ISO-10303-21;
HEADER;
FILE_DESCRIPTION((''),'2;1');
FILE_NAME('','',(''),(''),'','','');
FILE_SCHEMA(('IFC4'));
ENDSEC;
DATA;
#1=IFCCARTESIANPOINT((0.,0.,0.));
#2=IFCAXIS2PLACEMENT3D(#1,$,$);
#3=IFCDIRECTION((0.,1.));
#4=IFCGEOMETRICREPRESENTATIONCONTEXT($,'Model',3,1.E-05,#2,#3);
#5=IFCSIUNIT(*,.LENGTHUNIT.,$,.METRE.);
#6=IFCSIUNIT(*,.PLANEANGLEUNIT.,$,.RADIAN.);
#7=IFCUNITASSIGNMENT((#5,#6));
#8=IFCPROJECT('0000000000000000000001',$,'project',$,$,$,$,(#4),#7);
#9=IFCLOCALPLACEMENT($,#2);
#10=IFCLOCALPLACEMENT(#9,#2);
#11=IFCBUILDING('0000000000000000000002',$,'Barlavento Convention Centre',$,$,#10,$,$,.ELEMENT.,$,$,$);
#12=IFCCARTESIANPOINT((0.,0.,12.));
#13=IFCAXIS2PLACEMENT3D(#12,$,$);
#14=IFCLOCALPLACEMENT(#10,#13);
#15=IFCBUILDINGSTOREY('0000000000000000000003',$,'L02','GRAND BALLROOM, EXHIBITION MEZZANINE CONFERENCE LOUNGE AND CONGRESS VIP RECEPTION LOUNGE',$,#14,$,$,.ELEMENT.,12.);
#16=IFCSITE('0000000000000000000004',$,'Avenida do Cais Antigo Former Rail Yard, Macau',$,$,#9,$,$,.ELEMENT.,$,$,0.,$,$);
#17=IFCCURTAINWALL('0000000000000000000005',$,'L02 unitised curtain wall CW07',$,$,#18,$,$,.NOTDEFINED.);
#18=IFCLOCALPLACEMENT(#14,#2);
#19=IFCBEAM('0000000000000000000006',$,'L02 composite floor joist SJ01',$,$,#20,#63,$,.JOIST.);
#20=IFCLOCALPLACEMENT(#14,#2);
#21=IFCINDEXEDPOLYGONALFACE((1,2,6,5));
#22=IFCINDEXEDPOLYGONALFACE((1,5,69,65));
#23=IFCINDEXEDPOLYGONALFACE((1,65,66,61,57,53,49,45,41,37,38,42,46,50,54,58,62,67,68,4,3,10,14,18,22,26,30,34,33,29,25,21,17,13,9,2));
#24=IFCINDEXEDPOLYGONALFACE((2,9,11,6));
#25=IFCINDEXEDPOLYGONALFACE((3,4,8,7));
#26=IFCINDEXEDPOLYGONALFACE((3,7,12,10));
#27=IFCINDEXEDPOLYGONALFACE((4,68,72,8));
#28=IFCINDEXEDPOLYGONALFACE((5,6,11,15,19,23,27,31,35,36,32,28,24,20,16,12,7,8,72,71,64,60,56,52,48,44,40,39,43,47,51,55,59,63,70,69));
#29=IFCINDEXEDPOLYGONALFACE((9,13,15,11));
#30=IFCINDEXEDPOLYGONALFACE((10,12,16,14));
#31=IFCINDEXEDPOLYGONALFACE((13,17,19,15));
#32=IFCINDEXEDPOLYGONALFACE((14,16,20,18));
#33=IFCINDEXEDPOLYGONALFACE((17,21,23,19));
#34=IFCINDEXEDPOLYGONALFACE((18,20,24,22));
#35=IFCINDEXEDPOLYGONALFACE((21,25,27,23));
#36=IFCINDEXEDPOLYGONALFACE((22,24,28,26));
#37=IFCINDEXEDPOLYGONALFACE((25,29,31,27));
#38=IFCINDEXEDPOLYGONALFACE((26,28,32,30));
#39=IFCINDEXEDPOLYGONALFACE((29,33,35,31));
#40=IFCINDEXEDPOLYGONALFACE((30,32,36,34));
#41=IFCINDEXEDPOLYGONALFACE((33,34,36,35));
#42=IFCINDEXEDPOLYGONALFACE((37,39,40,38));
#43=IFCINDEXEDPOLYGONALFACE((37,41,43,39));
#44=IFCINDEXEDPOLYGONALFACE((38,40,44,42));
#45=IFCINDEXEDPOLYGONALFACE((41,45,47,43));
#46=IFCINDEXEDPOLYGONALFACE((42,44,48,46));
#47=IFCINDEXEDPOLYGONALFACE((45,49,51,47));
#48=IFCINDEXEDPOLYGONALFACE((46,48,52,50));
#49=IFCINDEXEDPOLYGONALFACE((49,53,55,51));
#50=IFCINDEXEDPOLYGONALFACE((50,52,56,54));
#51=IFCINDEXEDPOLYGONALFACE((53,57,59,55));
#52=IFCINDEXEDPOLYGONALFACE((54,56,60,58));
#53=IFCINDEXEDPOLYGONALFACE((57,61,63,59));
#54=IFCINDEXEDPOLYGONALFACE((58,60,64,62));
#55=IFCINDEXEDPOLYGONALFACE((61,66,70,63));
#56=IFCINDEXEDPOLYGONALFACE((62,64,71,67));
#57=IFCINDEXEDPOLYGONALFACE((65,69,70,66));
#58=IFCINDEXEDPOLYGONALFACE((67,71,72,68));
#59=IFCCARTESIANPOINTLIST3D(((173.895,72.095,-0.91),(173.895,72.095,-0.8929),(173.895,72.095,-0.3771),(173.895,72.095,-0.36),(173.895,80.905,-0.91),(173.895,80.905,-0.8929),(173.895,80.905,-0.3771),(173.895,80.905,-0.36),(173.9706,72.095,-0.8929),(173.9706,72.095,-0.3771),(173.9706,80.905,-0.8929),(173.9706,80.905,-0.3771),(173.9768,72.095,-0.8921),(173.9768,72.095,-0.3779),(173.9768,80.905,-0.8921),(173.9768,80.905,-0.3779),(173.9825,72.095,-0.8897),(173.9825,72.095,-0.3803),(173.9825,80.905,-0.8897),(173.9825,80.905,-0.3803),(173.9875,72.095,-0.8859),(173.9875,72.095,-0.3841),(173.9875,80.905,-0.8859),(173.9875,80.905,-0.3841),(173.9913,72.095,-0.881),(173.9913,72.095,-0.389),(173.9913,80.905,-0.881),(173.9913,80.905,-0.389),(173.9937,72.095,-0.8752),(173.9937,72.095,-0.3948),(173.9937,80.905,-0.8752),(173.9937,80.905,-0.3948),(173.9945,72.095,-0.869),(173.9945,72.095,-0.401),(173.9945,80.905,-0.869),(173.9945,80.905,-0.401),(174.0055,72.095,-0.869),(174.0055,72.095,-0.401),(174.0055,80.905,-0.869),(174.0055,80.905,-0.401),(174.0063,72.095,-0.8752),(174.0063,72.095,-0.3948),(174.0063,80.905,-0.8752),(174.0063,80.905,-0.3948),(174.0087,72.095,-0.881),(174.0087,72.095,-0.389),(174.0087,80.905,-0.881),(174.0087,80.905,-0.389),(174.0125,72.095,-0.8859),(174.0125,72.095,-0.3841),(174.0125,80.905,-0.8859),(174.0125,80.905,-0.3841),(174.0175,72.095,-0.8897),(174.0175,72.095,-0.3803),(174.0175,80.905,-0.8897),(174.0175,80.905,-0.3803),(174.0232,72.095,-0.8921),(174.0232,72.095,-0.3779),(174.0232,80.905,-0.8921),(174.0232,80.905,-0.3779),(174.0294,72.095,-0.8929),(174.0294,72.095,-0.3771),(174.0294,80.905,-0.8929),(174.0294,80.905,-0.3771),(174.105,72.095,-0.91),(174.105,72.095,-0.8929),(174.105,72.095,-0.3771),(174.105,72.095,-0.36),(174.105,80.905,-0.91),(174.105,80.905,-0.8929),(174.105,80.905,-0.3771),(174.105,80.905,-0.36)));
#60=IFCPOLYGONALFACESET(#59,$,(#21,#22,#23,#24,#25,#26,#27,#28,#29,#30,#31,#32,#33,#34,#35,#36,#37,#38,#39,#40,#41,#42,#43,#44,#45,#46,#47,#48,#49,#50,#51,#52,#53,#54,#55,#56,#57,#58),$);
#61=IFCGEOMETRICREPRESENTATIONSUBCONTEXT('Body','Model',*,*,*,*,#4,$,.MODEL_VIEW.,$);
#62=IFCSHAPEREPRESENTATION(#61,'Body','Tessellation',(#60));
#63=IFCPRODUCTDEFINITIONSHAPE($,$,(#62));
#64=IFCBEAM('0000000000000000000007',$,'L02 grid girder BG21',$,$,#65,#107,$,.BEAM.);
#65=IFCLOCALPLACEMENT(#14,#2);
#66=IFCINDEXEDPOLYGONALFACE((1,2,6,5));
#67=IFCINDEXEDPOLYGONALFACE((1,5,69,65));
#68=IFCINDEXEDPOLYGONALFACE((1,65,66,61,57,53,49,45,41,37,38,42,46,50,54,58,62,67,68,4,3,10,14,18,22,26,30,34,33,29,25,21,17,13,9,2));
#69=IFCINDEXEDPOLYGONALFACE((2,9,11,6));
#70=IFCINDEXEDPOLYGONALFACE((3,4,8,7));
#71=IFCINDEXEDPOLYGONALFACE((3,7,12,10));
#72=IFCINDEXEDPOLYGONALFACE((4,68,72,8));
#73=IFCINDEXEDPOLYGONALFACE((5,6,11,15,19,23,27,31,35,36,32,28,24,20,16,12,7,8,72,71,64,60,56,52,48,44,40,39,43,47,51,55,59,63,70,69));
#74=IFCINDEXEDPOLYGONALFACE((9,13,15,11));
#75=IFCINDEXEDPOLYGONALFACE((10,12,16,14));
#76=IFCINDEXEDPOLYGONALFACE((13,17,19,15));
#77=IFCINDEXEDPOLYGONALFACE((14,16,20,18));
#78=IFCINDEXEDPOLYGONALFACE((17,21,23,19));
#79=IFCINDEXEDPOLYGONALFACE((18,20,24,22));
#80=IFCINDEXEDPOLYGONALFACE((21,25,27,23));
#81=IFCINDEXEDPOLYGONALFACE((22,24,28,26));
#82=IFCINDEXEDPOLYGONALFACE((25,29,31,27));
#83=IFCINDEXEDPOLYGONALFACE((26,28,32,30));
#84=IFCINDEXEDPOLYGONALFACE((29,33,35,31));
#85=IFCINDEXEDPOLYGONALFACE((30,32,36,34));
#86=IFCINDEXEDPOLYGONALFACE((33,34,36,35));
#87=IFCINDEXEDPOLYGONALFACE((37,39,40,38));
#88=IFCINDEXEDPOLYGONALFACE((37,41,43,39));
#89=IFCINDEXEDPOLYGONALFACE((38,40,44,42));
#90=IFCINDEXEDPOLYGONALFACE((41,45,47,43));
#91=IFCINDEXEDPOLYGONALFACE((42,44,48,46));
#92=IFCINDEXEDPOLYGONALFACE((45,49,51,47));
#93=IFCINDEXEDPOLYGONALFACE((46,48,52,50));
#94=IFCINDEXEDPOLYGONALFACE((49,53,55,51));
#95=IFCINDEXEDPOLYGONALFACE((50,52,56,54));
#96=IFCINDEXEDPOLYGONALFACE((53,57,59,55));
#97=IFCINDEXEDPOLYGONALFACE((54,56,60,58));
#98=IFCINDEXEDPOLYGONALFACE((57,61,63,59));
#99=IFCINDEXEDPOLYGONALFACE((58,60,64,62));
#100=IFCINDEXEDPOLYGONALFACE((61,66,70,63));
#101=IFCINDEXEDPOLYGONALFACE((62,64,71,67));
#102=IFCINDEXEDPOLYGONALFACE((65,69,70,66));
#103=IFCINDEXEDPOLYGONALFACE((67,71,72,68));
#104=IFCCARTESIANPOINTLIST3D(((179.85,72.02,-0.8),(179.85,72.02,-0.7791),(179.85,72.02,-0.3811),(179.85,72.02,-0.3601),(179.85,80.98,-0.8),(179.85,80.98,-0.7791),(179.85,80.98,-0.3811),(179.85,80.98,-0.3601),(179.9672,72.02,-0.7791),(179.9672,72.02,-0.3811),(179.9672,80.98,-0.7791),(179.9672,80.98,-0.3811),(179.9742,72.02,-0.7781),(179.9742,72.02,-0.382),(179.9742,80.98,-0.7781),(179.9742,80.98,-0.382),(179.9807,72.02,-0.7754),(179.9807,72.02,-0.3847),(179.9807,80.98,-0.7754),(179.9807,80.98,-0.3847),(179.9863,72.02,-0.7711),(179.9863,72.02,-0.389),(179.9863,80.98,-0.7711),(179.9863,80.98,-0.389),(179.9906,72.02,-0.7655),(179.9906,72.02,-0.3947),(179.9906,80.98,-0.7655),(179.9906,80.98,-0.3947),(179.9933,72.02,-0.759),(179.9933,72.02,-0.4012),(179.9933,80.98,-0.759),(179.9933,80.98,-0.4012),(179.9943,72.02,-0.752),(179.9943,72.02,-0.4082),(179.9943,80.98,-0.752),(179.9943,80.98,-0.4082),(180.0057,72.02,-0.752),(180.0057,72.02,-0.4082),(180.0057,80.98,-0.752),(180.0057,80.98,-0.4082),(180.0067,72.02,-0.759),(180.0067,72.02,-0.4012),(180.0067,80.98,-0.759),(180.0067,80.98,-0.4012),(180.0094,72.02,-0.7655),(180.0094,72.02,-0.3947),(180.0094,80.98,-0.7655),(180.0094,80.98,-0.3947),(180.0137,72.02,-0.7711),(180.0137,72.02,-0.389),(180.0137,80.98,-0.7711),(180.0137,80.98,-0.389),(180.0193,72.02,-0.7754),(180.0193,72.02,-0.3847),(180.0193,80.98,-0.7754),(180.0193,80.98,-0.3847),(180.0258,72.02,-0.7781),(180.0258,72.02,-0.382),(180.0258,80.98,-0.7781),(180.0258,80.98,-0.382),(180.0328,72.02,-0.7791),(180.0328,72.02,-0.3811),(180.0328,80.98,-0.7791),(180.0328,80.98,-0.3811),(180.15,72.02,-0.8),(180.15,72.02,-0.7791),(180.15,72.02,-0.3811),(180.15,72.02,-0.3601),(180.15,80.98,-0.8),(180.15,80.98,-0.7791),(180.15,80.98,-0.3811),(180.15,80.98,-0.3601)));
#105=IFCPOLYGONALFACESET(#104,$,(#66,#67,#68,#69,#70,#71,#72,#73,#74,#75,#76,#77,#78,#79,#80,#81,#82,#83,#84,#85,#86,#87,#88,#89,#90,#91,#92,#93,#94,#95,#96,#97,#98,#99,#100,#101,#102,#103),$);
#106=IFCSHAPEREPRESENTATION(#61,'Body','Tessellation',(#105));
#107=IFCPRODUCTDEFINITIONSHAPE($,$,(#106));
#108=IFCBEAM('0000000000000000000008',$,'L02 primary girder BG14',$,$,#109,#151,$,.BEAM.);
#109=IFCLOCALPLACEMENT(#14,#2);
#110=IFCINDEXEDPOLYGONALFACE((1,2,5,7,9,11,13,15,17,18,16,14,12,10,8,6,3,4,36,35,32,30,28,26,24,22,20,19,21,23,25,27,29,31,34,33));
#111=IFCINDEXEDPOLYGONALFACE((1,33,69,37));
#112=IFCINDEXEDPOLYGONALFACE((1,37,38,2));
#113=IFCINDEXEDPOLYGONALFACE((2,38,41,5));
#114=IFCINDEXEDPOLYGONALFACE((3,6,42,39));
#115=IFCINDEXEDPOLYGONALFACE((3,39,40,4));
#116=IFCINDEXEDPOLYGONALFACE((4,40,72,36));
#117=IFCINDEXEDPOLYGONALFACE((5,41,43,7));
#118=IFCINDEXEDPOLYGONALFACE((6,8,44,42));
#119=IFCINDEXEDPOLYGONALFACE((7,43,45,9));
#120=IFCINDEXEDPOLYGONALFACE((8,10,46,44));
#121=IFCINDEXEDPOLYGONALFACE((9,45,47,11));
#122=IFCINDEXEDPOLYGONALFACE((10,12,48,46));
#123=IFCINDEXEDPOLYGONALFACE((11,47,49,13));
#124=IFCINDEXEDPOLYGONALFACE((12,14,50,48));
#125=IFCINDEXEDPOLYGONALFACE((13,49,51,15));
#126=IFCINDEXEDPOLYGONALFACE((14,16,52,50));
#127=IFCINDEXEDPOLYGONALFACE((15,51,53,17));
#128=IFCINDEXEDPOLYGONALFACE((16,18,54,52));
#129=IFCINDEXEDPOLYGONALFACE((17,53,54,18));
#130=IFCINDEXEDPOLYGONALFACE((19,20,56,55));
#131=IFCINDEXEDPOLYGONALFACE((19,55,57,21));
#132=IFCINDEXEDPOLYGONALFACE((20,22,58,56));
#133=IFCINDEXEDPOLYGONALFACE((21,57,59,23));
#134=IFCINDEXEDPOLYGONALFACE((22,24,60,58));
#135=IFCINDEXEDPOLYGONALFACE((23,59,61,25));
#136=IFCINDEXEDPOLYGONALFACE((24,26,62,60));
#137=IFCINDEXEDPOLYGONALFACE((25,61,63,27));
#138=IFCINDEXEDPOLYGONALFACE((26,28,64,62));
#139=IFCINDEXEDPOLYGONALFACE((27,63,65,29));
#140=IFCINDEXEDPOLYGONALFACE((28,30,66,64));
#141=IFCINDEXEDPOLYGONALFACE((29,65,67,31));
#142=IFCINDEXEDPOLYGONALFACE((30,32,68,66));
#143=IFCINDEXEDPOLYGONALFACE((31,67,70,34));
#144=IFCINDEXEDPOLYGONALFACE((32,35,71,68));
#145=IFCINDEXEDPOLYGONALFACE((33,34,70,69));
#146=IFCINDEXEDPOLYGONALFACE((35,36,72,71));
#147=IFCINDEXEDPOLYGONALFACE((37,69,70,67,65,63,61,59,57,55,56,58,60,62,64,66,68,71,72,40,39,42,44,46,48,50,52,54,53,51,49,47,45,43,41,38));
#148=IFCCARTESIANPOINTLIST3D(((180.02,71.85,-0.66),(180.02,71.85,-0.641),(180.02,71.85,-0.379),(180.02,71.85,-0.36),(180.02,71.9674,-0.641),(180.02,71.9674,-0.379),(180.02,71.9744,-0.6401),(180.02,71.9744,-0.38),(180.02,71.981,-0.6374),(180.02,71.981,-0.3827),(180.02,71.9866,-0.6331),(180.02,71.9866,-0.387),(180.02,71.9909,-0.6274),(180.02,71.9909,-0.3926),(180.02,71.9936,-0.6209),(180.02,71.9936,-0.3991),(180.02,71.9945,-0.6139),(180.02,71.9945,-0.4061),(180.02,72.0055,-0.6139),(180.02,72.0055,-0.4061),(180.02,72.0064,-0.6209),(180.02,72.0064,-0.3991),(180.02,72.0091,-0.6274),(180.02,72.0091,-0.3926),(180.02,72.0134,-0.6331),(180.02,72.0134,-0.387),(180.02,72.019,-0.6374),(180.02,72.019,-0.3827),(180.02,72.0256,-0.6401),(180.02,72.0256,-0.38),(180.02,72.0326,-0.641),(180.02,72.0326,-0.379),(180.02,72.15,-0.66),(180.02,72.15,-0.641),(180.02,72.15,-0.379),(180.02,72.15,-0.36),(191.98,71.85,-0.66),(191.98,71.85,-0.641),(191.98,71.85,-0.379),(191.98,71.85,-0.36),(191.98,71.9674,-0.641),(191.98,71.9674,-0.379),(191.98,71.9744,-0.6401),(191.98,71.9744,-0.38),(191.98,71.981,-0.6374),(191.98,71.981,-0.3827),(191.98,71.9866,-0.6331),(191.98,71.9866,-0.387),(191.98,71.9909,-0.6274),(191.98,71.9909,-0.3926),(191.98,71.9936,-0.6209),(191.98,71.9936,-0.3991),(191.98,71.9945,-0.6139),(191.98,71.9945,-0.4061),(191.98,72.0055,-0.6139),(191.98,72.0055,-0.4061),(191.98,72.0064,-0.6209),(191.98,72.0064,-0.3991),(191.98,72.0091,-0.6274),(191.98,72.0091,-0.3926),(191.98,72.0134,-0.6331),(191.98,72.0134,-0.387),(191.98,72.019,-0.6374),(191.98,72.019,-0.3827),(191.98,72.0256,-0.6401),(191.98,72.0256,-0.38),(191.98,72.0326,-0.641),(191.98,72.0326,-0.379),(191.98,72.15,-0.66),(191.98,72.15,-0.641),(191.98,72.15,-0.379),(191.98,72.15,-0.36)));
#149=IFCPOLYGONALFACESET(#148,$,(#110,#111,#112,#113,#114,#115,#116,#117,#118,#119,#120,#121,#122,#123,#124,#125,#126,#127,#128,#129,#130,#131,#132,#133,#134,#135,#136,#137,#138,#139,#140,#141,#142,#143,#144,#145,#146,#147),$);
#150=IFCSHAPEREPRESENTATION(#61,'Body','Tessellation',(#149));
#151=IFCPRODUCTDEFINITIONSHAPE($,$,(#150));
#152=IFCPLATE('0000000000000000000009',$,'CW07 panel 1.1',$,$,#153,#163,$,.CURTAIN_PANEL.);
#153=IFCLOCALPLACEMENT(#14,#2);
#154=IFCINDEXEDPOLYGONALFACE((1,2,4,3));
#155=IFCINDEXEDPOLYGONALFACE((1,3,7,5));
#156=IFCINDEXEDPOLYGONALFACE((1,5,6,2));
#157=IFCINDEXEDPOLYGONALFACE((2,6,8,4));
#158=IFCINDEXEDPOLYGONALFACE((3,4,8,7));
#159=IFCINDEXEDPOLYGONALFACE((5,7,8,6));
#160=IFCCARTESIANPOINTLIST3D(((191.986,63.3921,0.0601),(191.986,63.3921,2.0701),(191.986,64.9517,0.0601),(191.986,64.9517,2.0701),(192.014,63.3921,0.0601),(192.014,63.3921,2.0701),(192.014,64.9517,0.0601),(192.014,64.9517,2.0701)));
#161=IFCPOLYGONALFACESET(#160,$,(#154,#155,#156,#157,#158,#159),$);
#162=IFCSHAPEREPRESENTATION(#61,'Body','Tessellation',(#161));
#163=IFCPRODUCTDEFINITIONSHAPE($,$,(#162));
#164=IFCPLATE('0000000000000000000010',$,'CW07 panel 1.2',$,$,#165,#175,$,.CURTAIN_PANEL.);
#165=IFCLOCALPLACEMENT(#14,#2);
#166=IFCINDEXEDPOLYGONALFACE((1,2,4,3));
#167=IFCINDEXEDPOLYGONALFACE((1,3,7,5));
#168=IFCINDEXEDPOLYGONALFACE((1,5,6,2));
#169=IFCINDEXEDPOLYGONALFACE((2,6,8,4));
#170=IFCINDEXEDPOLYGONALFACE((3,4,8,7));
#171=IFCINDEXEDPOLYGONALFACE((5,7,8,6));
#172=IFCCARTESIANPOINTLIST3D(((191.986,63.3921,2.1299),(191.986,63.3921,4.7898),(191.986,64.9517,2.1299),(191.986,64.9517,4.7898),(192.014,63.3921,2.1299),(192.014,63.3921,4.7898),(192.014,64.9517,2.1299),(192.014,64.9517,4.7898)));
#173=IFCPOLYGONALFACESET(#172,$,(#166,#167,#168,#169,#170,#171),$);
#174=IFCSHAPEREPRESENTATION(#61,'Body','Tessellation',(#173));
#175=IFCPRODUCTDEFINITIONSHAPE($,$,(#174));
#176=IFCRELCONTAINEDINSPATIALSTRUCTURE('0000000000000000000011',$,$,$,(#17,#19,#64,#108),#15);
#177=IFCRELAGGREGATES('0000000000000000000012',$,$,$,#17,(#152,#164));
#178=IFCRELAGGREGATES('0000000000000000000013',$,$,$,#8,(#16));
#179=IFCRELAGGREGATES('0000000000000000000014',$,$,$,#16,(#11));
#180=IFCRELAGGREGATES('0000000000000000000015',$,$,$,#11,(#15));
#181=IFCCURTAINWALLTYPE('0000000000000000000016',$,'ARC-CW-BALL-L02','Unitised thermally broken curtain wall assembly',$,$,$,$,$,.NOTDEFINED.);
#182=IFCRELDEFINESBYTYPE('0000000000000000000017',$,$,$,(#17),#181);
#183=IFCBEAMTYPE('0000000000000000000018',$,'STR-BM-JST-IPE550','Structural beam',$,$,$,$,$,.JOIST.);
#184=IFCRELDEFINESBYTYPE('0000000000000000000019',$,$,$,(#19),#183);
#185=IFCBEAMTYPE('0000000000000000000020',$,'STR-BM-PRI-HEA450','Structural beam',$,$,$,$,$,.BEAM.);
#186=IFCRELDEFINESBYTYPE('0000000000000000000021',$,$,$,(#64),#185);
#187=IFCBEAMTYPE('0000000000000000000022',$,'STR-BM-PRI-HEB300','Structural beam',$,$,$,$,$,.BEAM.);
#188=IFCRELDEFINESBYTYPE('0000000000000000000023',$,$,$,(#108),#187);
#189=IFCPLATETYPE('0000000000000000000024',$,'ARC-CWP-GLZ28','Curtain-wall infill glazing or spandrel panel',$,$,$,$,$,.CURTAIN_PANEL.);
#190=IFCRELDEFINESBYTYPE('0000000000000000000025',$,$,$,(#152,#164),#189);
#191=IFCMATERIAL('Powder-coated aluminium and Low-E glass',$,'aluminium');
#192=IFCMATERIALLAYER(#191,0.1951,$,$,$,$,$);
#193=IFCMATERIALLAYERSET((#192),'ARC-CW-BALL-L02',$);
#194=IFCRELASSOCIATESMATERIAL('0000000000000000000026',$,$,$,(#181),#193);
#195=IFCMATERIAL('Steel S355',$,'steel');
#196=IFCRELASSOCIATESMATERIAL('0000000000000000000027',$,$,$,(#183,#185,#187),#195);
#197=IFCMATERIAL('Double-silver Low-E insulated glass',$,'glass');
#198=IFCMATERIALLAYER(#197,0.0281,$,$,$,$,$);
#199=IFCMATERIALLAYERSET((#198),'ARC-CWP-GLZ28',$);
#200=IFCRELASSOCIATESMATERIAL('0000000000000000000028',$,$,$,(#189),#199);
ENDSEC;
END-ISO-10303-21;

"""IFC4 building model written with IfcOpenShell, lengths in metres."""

from ifc_helpers import new_model, si_unit, direction, frame, origin, origin_2d, place, context, subcontext, project, spatial, rectangle, i_section, extrude, material, layer, layer_set, material_profile, profile_set, type_object, element, aggregate, save


model = new_model("IFC4")

# Units and contexts
model_context = context("Model", 3, precision=1e-05, world=origin(), true_north=direction((0.0, 1.0)))
body_context = subcontext(model_context, "Body", "Model", "MODEL_VIEW")
ifc_project = project(units=[si_unit("LENGTHUNIT", "METRE"), si_unit("PLANEANGLEUNIT", "RADIAN")], contexts=[model_context])

# Site, building, storey
site_placement = place(None, origin())
site = spatial("IfcSite", under=ifc_project, at=site_placement, Name="Avenida do Cais Antigo Former Rail Yard, Macau", CompositionType="ELEMENT", RefElevation=0.0)
building_placement = place(site_placement, origin())
building = spatial("IfcBuilding", under=site, at=building_placement, Name="Barlavento Convention Centre", CompositionType="ELEMENT")
storey_placement = place(building_placement, frame((0.0, 0.0, 12.0)))
storey = spatial("IfcBuildingStorey", under=building, at=storey_placement, Name="L02", Description="GRAND BALLROOM, EXHIBITION MEZZANINE CONFERENCE LOUNGE AND CONGRESS VIP RECEPTION LOUNGE", CompositionType="ELEMENT", Elevation=12.0)

# Shared definitions
ifc_material_1 = material(Name="Steel S355", Category="steel")

# Curtain wall
ifc_material_2 = material(Name="Powder-coated aluminium and Low-E glass", Category="aluminium")
ifc_layer_1 = layer(ifc_material_2, 0.1951)
ifc_layer_set_1 = layer_set([ifc_layer_1], Name="ARC-CW-BALL-L02")
curtain_wall_type = type_object("IfcCurtainWallType", Name="ARC-CW-BALL-L02", Description="Unitised thermally broken curtain wall assembly", PredefinedType="NOTDEFINED", material=ifc_layer_set_1)
curtain_wall_placement = place(storey_placement, origin())
curtain_wall = element("IfcCurtainWall", 1, at=curtain_wall_placement, inside=storey, type_object=curtain_wall_type, Name="L02 unitised curtain wall CW07", PredefinedType="NOTDEFINED")

# Beams
ifc_material_profile_1 = material_profile(ifc_material_1, i_section(OverallWidth=0.21, OverallDepth=0.55, WebThickness=0.011, FlangeThickness=0.0171, FilletRadius=0.0239, at=origin_2d()), Name="IPE 550")
ifc_profile_set_1 = profile_set([ifc_material_profile_1], Name="Steel S355")
beam_type_1 = type_object("IfcBeamType", Name="STR-BM-JST-IPE550", Description="Structural beam", PredefinedType="JOIST", material=ifc_profile_set_1)
beam_1_placement = place(storey_placement, frame((174.0, 72.095, -0.635), z_axis=(0.0, 1.0, 0.0), x_axis=(-1.0, 0.0, 0.0)))
element("IfcBeam", 2, at=beam_1_placement, inside=storey, type_object=beam_type_1, Name="L02 composite floor joist SJ01", PredefinedType="JOIST", context=body_context, shape_type="SweptSolid", body=[
    extrude(i_section(OverallWidth=0.21, OverallDepth=0.55, WebThickness=0.011, FlangeThickness=0.0171, FilletRadius=0.0239, at=origin_2d()), origin(), (0.0, 0.0, 1.0), 8.8101),
])
ifc_material_profile_2 = material_profile(ifc_material_1, i_section(OverallWidth=0.3, OverallDepth=0.4399, WebThickness=0.0115, FlangeThickness=0.021, FilletRadius=0.0271, at=origin_2d()), Name="HEA 450")
ifc_profile_set_2 = profile_set([ifc_material_profile_2], Name="Steel S355")
beam_type_2 = type_object("IfcBeamType", Name="STR-BM-PRI-HEA450", Description="Structural beam", PredefinedType="BEAM", material=ifc_profile_set_2)
beam_2_placement = place(storey_placement, frame((180.0, 72.02, -0.5801), z_axis=(0.0, 1.0, 0.0), x_axis=(-1.0, 0.0, 0.0)))
element("IfcBeam", 3, at=beam_2_placement, inside=storey, type_object=beam_type_2, Name="L02 grid girder BG21", PredefinedType="BEAM", context=body_context, shape_type="SweptSolid", body=[
    extrude(i_section(OverallWidth=0.3, OverallDepth=0.4399, WebThickness=0.0115, FlangeThickness=0.021, FilletRadius=0.0271, at=origin_2d()), origin(), (0.0, 0.0, 1.0), 8.96),
])
ifc_material_profile_3 = material_profile(ifc_material_1, i_section(OverallWidth=0.3, OverallDepth=0.3, WebThickness=0.011, FlangeThickness=0.019, FilletRadius=0.0271, at=origin_2d()), Name="HEB 300")
ifc_profile_set_3 = profile_set([ifc_material_profile_3], Name="Steel S355")
beam_type_3 = type_object("IfcBeamType", Name="STR-BM-PRI-HEB300", Description="Structural beam", PredefinedType="BEAM", material=ifc_profile_set_3)
beam_3_placement = place(storey_placement, frame((180.02, 72.0, -0.51), z_axis=(1.0, 0.0, 0.0), x_axis=(0.0, 1.0, 0.0)))
element("IfcBeam", 4, at=beam_3_placement, inside=storey, type_object=beam_type_3, Name="L02 primary girder BG14", PredefinedType="BEAM", context=body_context, shape_type="SweptSolid", body=[
    extrude(i_section(OverallWidth=0.3, OverallDepth=0.3, WebThickness=0.011, FlangeThickness=0.019, FilletRadius=0.0271, at=origin_2d()), origin(), (0.0, 0.0, 1.0), 11.96),
])

# Plates
ifc_material_3 = material(Name="Double-silver Low-E insulated glass", Category="glass")
ifc_layer_2 = layer(ifc_material_3, 0.0281)
ifc_layer_set_2 = layer_set([ifc_layer_2], Name="ARC-CWP-GLZ28")
plate_type = type_object("IfcPlateType", Name="ARC-CWP-GLZ28", Description="Curtain-wall infill glazing or spandrel panel", PredefinedType="CURTAIN_PANEL", material=ifc_layer_set_2)
plate_1_placement = place(storey_placement, frame((192.0, 64.1719, 0.0601), z_axis=(0.0, 0.0, 1.0), x_axis=(0.0, 1.0, 0.0)))
plate_1 = element("IfcPlate", 5, at=plate_1_placement, type_object=plate_type, Name="CW07 panel 1.1", PredefinedType="CURTAIN_PANEL", context=body_context, shape_type="SweptSolid", body=[
    extrude(rectangle(XDim=1.5596, YDim=0.0281, at=origin_2d()), origin(), (0.0, 0.0, 1.0), 2.01),
])
plate_2_placement = place(storey_placement, frame((192.0, 64.1719, 2.1299), z_axis=(0.0, 0.0, 1.0), x_axis=(0.0, 1.0, 0.0)))
plate_2 = element("IfcPlate", 6, at=plate_2_placement, type_object=plate_type, Name="CW07 panel 1.2", PredefinedType="CURTAIN_PANEL", context=body_context, shape_type="SweptSolid", body=[
    extrude(rectangle(XDim=1.5596, YDim=0.0281, at=origin_2d()), origin(), (0.0, 0.0, 1.0), 2.6599),
])
aggregate(curtain_wall, [plate_1, plate_2])

save(model, "model.ifc")
